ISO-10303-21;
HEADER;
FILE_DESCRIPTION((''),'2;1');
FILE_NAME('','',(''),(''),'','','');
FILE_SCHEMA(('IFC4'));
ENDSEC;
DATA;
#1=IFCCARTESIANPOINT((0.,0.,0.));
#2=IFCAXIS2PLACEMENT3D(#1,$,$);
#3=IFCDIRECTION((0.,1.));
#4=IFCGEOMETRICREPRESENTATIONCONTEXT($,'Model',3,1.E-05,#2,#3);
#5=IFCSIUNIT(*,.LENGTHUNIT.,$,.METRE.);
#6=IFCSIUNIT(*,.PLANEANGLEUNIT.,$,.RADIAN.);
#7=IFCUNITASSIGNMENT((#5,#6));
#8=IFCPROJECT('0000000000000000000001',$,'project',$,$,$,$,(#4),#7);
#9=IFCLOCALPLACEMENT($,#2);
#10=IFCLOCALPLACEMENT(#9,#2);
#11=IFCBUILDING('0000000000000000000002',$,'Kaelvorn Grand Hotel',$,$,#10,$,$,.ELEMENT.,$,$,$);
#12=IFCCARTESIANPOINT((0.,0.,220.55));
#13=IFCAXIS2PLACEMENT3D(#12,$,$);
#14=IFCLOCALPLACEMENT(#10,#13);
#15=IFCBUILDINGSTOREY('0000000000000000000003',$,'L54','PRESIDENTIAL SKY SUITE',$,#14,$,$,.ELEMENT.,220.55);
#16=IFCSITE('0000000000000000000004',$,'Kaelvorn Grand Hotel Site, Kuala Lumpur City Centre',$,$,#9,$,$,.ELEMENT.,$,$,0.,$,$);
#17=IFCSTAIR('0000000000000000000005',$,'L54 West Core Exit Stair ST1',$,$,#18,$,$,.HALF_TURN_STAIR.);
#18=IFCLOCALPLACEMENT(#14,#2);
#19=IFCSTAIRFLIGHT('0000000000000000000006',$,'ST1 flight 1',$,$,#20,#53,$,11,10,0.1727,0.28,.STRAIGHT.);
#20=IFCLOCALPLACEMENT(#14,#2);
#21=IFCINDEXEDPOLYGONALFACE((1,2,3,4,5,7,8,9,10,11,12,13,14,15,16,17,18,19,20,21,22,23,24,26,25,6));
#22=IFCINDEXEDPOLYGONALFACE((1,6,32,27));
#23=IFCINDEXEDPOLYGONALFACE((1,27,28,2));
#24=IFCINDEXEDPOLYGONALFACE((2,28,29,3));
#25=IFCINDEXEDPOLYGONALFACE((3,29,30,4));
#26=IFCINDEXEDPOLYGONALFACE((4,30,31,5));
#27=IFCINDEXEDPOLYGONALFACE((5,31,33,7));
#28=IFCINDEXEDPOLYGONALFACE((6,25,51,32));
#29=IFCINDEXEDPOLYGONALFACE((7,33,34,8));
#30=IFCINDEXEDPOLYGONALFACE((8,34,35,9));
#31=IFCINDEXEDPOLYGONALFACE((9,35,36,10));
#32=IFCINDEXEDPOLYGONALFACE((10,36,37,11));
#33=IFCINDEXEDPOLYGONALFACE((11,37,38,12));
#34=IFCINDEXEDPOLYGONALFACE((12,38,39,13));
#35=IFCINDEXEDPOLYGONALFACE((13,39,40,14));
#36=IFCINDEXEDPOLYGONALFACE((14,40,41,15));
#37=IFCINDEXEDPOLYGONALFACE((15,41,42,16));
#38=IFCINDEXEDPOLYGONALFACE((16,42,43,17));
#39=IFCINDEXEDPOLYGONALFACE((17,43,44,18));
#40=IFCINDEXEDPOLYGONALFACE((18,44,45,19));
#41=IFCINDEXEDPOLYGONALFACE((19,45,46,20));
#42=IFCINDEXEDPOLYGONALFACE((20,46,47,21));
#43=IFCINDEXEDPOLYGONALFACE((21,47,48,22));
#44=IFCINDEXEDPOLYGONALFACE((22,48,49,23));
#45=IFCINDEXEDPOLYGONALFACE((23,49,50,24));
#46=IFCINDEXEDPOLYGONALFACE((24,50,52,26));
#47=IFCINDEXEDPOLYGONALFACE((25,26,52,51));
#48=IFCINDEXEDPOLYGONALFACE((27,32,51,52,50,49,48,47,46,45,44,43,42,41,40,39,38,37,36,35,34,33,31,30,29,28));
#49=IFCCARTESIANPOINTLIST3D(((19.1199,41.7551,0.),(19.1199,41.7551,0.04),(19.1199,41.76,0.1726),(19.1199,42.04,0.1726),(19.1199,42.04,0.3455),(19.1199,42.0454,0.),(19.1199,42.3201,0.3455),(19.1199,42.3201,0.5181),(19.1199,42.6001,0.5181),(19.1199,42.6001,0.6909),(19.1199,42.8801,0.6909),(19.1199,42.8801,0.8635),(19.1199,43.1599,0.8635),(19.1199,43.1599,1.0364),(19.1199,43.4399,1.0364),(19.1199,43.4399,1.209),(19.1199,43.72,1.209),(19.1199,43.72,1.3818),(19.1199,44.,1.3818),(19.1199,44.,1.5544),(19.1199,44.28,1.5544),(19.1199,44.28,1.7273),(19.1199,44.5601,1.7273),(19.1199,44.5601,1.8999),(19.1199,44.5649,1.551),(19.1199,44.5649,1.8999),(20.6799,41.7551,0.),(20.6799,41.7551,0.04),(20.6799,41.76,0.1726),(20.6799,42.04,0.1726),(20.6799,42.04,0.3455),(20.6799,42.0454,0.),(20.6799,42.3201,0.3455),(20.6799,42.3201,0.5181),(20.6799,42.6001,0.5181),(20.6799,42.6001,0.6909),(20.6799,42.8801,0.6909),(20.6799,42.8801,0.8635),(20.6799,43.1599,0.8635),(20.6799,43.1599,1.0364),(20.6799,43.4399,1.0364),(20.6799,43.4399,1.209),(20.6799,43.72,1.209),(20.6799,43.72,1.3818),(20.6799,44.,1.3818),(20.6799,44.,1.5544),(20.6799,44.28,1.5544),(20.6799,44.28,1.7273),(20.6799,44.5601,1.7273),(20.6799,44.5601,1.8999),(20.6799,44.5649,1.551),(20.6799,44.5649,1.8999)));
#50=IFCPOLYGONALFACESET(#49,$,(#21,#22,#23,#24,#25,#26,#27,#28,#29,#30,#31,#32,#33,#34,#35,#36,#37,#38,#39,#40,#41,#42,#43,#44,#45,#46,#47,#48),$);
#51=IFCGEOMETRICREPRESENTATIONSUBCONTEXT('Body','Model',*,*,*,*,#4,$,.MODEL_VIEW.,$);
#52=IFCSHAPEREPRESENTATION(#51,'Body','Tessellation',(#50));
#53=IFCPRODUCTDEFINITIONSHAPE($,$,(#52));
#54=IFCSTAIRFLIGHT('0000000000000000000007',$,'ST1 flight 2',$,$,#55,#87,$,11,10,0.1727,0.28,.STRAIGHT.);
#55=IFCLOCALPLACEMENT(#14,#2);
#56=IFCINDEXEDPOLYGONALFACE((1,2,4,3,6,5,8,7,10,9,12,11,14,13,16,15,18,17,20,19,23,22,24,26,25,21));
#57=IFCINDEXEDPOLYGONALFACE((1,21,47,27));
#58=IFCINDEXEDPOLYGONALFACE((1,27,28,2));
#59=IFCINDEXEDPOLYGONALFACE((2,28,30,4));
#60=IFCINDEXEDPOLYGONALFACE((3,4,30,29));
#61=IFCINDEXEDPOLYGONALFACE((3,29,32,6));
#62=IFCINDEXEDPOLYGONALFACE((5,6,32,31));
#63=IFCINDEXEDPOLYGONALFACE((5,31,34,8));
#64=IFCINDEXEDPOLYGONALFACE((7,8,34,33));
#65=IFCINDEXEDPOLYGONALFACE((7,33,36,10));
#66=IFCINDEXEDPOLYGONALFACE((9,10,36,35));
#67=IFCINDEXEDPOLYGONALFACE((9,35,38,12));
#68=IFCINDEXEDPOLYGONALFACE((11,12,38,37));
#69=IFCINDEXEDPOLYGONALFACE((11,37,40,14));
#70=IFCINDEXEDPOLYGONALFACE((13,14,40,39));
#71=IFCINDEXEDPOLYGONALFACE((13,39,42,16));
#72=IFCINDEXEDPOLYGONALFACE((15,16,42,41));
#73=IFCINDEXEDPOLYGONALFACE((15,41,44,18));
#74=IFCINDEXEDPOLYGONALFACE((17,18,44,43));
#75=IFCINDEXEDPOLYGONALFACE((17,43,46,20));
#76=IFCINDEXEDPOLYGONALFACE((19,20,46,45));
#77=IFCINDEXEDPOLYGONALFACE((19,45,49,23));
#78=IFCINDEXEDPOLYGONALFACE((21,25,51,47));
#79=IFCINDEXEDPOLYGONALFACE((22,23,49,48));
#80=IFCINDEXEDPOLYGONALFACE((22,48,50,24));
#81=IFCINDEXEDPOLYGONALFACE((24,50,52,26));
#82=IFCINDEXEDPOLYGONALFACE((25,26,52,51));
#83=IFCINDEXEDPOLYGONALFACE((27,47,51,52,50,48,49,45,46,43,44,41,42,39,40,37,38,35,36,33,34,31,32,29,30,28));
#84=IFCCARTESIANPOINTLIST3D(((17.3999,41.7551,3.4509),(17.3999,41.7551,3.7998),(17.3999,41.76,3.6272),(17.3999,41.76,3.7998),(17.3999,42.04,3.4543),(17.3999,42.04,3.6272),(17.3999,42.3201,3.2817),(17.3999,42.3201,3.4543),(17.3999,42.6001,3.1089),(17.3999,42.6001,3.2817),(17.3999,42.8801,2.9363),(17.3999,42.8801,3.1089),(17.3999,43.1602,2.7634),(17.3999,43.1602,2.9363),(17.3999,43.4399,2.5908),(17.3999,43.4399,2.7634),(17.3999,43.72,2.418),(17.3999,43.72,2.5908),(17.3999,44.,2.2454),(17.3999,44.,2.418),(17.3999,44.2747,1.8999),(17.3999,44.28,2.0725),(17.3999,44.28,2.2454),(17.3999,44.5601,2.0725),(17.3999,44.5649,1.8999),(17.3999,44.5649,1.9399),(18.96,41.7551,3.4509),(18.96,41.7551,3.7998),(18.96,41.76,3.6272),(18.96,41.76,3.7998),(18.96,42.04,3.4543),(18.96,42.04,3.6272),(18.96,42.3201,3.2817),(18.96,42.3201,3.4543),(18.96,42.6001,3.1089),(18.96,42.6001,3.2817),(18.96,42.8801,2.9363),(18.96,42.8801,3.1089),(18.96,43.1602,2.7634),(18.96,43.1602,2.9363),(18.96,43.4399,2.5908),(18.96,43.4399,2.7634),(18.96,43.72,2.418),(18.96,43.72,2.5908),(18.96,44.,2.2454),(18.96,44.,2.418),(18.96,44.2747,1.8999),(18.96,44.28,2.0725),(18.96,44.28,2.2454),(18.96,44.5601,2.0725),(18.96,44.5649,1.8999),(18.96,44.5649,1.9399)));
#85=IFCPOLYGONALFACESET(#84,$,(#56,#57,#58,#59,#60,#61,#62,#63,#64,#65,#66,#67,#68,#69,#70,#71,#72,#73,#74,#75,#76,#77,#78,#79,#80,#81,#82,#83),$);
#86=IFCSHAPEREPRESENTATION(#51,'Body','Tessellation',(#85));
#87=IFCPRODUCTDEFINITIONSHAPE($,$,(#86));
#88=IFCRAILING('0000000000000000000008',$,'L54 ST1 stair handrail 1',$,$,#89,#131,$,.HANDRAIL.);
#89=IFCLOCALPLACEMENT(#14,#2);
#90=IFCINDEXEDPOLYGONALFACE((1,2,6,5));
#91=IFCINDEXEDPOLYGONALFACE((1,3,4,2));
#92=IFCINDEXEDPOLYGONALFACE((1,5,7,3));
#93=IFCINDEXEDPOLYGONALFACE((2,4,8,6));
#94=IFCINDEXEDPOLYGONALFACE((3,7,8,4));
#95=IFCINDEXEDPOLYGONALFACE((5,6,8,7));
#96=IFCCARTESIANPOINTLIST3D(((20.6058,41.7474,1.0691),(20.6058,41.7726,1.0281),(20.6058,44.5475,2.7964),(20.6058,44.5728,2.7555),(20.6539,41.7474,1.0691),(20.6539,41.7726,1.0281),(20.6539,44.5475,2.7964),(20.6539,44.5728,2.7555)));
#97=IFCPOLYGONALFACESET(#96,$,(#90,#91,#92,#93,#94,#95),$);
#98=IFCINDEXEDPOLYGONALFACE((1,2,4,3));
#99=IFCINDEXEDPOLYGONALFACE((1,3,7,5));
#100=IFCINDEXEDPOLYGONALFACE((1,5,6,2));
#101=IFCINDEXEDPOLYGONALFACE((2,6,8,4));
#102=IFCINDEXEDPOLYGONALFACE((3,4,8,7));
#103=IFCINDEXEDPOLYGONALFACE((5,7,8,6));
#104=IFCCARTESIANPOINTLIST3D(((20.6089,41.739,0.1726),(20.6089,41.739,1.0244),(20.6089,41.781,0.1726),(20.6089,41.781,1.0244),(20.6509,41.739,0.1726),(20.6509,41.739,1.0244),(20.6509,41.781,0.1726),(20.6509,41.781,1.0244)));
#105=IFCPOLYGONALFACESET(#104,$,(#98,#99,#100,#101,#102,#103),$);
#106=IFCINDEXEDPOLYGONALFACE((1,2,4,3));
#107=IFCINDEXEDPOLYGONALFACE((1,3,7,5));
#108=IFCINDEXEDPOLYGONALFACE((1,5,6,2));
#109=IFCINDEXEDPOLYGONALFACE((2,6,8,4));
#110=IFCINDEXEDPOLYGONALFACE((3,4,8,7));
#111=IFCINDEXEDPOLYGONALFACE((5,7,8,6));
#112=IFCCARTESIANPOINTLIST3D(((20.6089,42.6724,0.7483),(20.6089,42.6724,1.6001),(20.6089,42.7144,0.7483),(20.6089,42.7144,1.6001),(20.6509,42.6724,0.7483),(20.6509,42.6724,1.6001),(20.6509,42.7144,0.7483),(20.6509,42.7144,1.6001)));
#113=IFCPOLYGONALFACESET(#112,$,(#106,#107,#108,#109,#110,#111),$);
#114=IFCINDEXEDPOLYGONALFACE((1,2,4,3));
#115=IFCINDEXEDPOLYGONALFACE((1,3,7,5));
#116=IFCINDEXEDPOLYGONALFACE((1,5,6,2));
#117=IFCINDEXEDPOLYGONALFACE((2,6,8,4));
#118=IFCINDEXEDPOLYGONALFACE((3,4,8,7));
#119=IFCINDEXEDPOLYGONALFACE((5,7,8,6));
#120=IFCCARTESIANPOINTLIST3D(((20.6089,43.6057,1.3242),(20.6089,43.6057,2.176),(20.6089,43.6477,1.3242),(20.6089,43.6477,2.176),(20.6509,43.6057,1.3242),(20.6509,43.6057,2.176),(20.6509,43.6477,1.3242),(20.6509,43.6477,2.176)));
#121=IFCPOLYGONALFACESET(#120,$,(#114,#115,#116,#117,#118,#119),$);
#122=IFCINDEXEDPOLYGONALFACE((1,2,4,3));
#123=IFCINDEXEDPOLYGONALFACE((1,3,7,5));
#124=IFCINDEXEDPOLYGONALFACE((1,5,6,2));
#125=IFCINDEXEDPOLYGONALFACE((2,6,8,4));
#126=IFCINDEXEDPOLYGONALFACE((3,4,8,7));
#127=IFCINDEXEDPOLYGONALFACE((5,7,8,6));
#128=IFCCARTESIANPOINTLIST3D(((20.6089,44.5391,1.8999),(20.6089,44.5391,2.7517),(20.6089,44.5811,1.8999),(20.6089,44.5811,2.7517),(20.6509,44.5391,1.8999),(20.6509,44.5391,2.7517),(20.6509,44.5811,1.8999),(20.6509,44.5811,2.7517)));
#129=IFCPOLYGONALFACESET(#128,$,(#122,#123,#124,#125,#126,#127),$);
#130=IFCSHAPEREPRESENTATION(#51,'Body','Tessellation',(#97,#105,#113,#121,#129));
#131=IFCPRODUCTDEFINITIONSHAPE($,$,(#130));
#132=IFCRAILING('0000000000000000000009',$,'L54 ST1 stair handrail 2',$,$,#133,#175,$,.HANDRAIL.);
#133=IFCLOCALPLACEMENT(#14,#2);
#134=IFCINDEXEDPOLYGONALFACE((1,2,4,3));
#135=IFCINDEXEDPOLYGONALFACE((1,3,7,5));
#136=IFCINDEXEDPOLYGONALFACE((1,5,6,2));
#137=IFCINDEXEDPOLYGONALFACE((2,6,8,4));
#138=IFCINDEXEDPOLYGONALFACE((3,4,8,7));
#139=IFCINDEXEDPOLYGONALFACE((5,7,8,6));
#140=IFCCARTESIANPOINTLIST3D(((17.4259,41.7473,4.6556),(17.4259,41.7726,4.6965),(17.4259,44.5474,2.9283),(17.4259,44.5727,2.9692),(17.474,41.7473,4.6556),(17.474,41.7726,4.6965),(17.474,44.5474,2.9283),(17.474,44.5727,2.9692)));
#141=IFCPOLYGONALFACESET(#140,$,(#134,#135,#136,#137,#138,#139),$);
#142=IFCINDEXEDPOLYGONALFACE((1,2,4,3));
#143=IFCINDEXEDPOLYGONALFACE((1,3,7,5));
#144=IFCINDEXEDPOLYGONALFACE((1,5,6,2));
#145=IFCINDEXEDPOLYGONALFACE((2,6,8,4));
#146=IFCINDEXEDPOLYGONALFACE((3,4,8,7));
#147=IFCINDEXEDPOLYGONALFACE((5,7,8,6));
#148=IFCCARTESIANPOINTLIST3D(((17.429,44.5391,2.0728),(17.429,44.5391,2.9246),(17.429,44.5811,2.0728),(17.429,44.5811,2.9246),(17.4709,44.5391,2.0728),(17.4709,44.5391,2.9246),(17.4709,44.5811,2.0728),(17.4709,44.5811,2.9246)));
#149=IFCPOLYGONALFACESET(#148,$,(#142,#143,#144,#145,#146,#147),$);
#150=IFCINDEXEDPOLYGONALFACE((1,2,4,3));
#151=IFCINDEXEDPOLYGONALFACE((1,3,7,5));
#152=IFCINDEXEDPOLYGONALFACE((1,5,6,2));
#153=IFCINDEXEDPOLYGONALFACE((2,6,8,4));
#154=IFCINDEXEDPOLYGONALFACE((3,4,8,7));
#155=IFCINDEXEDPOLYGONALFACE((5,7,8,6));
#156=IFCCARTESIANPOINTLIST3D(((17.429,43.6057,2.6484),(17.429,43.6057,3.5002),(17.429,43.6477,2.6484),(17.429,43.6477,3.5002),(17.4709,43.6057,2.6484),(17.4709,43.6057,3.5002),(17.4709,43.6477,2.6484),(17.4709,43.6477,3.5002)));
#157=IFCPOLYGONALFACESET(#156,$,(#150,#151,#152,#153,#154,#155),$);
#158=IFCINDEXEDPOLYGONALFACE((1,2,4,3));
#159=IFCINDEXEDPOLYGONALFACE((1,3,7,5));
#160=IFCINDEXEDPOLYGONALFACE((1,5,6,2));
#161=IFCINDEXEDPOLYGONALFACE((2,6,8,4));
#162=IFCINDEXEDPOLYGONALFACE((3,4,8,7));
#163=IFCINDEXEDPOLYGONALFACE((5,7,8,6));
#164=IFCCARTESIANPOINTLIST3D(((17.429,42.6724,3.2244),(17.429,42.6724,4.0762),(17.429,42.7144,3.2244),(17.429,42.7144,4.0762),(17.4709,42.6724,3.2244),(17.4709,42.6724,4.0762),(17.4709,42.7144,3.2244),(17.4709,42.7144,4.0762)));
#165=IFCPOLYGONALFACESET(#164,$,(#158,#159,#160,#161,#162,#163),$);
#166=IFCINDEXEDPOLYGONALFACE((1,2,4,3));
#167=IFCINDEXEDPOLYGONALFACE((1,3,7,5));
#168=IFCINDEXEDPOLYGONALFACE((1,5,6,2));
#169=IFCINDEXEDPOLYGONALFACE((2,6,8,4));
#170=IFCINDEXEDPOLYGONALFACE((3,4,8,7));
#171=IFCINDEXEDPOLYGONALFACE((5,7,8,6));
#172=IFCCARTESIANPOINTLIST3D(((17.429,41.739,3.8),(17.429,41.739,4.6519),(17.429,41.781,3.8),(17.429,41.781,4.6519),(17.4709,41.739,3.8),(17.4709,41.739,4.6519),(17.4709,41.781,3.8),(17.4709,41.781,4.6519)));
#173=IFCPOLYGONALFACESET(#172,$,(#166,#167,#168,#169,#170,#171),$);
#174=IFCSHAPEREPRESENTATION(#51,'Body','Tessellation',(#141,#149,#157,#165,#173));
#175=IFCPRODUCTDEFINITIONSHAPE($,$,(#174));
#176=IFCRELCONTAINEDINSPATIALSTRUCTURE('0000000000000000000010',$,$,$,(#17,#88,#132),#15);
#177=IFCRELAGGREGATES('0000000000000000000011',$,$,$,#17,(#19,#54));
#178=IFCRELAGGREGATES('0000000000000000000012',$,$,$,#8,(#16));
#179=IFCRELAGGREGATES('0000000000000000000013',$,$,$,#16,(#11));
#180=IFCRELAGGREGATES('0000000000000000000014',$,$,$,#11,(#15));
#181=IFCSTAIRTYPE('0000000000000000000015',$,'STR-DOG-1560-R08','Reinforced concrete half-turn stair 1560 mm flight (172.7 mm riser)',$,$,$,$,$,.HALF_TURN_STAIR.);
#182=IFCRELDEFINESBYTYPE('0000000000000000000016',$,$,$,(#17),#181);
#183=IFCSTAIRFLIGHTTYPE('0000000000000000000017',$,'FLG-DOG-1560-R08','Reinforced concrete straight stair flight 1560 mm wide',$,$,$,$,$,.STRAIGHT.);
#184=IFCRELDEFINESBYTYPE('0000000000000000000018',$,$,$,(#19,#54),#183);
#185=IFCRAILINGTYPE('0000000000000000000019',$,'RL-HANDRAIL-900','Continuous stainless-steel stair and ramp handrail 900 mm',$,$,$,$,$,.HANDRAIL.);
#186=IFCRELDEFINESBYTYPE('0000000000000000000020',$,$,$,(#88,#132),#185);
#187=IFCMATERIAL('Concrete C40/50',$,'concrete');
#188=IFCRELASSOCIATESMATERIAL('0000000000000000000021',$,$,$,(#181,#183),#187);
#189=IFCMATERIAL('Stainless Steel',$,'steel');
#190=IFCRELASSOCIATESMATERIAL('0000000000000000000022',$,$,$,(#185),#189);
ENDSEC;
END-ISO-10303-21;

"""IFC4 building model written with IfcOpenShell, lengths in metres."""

from ifc_helpers import new_model, si_unit, direction, frame, origin, origin_2d, place, context, subcontext, project, spatial, polyline, rectangle, outline, extrude, material, type_object, element, aggregate, save


model = new_model("IFC4")

# Units and contexts
model_context = context("Model", 3, precision=1e-05, world=origin(), true_north=direction((0.0, 1.0)))
body_context = subcontext(model_context, "Body", "Model", "MODEL_VIEW")
ifc_project = project(units=[si_unit("LENGTHUNIT", "METRE"), si_unit("PLANEANGLEUNIT", "RADIAN")], contexts=[model_context])

# Site, building, storey
site_placement = place(None, origin())
site = spatial("IfcSite", under=ifc_project, at=site_placement, Name="Kaelvorn Grand Hotel Site, Kuala Lumpur City Centre", CompositionType="ELEMENT", RefElevation=0.0)
building_placement = place(site_placement, origin())
building = spatial("IfcBuilding", under=site, at=building_placement, Name="Kaelvorn Grand Hotel", CompositionType="ELEMENT")
storey_placement = place(building_placement, frame((0.0, 0.0, 220.55)))
storey = spatial("IfcBuildingStorey", under=building, at=storey_placement, Name="L54", Description="PRESIDENTIAL SKY SUITE", CompositionType="ELEMENT", Elevation=220.55)

# Shared definitions
ifc_material_1 = material(Name="Concrete C40/50", Category="concrete")

# Stair, stair flights
stair_type = type_object("IfcStairType", Name="STR-DOG-1560-R08", Description="Reinforced concrete half-turn stair 1560 mm flight (172.7 mm riser)", PredefinedType="HALF_TURN_STAIR", material=ifc_material_1)
stair_placement = place(storey_placement, origin())
stair = element("IfcStair", 1, at=stair_placement, inside=storey, type_object=stair_type, Name="L54 West Core Exit Stair ST1", PredefinedType="HALF_TURN_STAIR")
stair_flight_type = type_object("IfcStairFlightType", Name="FLG-DOG-1560-R08", Description="Reinforced concrete straight stair flight 1560 mm wide", PredefinedType="STRAIGHT", material=ifc_material_1)
stair_flight_1_placement = place(storey_placement, frame((19.8999, 41.76, 0.0), z_axis=(0.0, 0.0, 1.0), x_axis=(0.0, 1.0, 0.0)))
stair_flight_1 = element("IfcStairFlight", 2, at=stair_flight_1_placement, type_object=stair_flight_type, Name="ST1 flight 1", NumberOfRisers=11, NumberOfTreads=10, PredefinedType="STRAIGHT", RiserHeight=0.1727, TreadLength=0.28, context=body_context, shape_type="SweptSolid", body=[
    extrude(outline(polyline([(-0.0049, 0.0), (-0.0049, 0.04), (0.0, 0.1726), (0.28, 0.1726), (0.28, 0.3455), (0.5601, 0.3455), (0.5601, 0.5181), (0.8401, 0.5181), (0.8401, 0.6909), (1.1201, 0.6909), (1.1201, 0.8635), (1.3999, 0.8635), (1.3999, 1.0364), (1.6799, 1.0364), (1.6799, 1.209), (1.96, 1.209), (1.96, 1.3818), (2.24, 1.3818), (2.24, 1.5544), (2.52, 1.5544), (2.52, 1.7273), (2.8, 1.7273), (2.8, 1.8999), (2.8049, 1.8999), (2.8049, 1.551), (0.2854, 0.0), (-0.0049, 0.0)])), frame((0.0, 0.78, 0.0), z_axis=(0.0, -1.0, 0.0), x_axis=(1.0, 0.0, 0.0)), (0.0, 0.0, 1.0), 1.5601),
])
stair_flight_2_placement = place(storey_placement, frame((18.1799, 44.5601, 1.8999), z_axis=(0.0, 0.0, 1.0), x_axis=(0.0, -1.0, 0.0)))
stair_flight_2 = element("IfcStairFlight", 3, at=stair_flight_2_placement, type_object=stair_flight_type, Name="ST1 flight 2", NumberOfRisers=11, NumberOfTreads=10, PredefinedType="STRAIGHT", RiserHeight=0.1727, TreadLength=0.28, context=body_context, shape_type="SweptSolid", body=[
    extrude(outline(polyline([(-0.0049, 0.0), (-0.0049, 0.04), (0.0, 0.1726), (0.28, 0.1726), (0.28, 0.3455), (0.5601, 0.3455), (0.5601, 0.5181), (0.8401, 0.5181), (0.8401, 0.6909), (1.1201, 0.6909), (1.1201, 0.8635), (1.3999, 0.8635), (1.3999, 1.0364), (1.6799, 1.0364), (1.6799, 1.209), (1.96, 1.209), (1.96, 1.3818), (2.24, 1.3818), (2.24, 1.5544), (2.52, 1.5544), (2.52, 1.7273), (2.8, 1.7273), (2.8, 1.8999), (2.8049, 1.8999), (2.8049, 1.551), (0.2854, 0.0), (-0.0049, 0.0)])), frame((0.0, 0.78, 0.0), z_axis=(0.0, -1.0, 0.0), x_axis=(1.0, 0.0, 0.0)), (0.0, 0.0, 1.0), 1.5601),
])
aggregate(stair, [stair_flight_1, stair_flight_2])

# Railings
ifc_material_2 = material(Name="Stainless Steel", Category="steel")
railing_type_1 = type_object("IfcRailingType", Name="RL-HANDRAIL-900", Description="Continuous stainless-steel stair and ramp handrail 900 mm", PredefinedType="HANDRAIL", material=ifc_material_2)
railing_1_placement = place(storey_placement, frame((20.6299, 41.76, 0.1726)))
element("IfcRailing", 4, at=railing_1_placement, inside=storey, type_object=railing_type_1, Name="L54 ST1 stair handrail 1", PredefinedType="HANDRAIL", context=body_context, shape_type="SweptSolid", body=[
    extrude(rectangle(XDim=0.0481, YDim=0.0481, at=origin_2d()), frame((0.0, 0.0, 0.876), z_axis=(0.0, 0.85109, 0.52502), x_axis=(-1.0, 0.0, 0.0)), (0.0, 0.0, 1.0), 3.29),
    extrude(rectangle(XDim=0.042, YDim=0.042, at=origin_2d()), origin(), (0.0, 0.0, 1.0), 0.8518),
    extrude(rectangle(XDim=0.042, YDim=0.042, at=origin_2d()), frame((0.0, 0.9333, 0.5757)), (0.0, 0.0, 1.0), 0.8518),
    extrude(rectangle(XDim=0.042, YDim=0.042, at=origin_2d()), frame((0.0, 1.8667, 1.1516)), (0.0, 0.0, 1.0), 0.8518),
    extrude(rectangle(XDim=0.042, YDim=0.042, at=origin_2d()), frame((0.0, 2.8, 1.7273)), (0.0, 0.0, 1.0), 0.8518),
])
railing_2_placement = place(storey_placement, frame((17.45, 44.5601, 2.0728)))
element("IfcRailing", 5, at=railing_2_placement, inside=storey, type_object=railing_type_1, Name="L54 ST1 stair handrail 2", PredefinedType="HANDRAIL", context=body_context, shape_type="SweptSolid", body=[
    extrude(rectangle(XDim=0.0481, YDim=0.0481, at=origin_2d()), frame((0.0, 0.0, 0.876), z_axis=(0.0, -0.85109, 0.52502), x_axis=(1.0, 0.0, 0.0)), (0.0, 0.0, 1.0), 3.29),
    extrude(rectangle(XDim=0.042, YDim=0.042, at=origin_2d()), origin(), (0.0, 0.0, 1.0), 0.8518),
    extrude(rectangle(XDim=0.042, YDim=0.042, at=origin_2d()), frame((0.0, -0.9333, 0.5757)), (0.0, 0.0, 1.0), 0.8518),
    extrude(rectangle(XDim=0.042, YDim=0.042, at=origin_2d()), frame((0.0, -1.8667, 1.1516)), (0.0, 0.0, 1.0), 0.8518),
    extrude(rectangle(XDim=0.042, YDim=0.042, at=origin_2d()), frame((0.0, -2.8, 1.7273)), (0.0, 0.0, 1.0), 0.8518),
])

save(model, "model.ifc")
